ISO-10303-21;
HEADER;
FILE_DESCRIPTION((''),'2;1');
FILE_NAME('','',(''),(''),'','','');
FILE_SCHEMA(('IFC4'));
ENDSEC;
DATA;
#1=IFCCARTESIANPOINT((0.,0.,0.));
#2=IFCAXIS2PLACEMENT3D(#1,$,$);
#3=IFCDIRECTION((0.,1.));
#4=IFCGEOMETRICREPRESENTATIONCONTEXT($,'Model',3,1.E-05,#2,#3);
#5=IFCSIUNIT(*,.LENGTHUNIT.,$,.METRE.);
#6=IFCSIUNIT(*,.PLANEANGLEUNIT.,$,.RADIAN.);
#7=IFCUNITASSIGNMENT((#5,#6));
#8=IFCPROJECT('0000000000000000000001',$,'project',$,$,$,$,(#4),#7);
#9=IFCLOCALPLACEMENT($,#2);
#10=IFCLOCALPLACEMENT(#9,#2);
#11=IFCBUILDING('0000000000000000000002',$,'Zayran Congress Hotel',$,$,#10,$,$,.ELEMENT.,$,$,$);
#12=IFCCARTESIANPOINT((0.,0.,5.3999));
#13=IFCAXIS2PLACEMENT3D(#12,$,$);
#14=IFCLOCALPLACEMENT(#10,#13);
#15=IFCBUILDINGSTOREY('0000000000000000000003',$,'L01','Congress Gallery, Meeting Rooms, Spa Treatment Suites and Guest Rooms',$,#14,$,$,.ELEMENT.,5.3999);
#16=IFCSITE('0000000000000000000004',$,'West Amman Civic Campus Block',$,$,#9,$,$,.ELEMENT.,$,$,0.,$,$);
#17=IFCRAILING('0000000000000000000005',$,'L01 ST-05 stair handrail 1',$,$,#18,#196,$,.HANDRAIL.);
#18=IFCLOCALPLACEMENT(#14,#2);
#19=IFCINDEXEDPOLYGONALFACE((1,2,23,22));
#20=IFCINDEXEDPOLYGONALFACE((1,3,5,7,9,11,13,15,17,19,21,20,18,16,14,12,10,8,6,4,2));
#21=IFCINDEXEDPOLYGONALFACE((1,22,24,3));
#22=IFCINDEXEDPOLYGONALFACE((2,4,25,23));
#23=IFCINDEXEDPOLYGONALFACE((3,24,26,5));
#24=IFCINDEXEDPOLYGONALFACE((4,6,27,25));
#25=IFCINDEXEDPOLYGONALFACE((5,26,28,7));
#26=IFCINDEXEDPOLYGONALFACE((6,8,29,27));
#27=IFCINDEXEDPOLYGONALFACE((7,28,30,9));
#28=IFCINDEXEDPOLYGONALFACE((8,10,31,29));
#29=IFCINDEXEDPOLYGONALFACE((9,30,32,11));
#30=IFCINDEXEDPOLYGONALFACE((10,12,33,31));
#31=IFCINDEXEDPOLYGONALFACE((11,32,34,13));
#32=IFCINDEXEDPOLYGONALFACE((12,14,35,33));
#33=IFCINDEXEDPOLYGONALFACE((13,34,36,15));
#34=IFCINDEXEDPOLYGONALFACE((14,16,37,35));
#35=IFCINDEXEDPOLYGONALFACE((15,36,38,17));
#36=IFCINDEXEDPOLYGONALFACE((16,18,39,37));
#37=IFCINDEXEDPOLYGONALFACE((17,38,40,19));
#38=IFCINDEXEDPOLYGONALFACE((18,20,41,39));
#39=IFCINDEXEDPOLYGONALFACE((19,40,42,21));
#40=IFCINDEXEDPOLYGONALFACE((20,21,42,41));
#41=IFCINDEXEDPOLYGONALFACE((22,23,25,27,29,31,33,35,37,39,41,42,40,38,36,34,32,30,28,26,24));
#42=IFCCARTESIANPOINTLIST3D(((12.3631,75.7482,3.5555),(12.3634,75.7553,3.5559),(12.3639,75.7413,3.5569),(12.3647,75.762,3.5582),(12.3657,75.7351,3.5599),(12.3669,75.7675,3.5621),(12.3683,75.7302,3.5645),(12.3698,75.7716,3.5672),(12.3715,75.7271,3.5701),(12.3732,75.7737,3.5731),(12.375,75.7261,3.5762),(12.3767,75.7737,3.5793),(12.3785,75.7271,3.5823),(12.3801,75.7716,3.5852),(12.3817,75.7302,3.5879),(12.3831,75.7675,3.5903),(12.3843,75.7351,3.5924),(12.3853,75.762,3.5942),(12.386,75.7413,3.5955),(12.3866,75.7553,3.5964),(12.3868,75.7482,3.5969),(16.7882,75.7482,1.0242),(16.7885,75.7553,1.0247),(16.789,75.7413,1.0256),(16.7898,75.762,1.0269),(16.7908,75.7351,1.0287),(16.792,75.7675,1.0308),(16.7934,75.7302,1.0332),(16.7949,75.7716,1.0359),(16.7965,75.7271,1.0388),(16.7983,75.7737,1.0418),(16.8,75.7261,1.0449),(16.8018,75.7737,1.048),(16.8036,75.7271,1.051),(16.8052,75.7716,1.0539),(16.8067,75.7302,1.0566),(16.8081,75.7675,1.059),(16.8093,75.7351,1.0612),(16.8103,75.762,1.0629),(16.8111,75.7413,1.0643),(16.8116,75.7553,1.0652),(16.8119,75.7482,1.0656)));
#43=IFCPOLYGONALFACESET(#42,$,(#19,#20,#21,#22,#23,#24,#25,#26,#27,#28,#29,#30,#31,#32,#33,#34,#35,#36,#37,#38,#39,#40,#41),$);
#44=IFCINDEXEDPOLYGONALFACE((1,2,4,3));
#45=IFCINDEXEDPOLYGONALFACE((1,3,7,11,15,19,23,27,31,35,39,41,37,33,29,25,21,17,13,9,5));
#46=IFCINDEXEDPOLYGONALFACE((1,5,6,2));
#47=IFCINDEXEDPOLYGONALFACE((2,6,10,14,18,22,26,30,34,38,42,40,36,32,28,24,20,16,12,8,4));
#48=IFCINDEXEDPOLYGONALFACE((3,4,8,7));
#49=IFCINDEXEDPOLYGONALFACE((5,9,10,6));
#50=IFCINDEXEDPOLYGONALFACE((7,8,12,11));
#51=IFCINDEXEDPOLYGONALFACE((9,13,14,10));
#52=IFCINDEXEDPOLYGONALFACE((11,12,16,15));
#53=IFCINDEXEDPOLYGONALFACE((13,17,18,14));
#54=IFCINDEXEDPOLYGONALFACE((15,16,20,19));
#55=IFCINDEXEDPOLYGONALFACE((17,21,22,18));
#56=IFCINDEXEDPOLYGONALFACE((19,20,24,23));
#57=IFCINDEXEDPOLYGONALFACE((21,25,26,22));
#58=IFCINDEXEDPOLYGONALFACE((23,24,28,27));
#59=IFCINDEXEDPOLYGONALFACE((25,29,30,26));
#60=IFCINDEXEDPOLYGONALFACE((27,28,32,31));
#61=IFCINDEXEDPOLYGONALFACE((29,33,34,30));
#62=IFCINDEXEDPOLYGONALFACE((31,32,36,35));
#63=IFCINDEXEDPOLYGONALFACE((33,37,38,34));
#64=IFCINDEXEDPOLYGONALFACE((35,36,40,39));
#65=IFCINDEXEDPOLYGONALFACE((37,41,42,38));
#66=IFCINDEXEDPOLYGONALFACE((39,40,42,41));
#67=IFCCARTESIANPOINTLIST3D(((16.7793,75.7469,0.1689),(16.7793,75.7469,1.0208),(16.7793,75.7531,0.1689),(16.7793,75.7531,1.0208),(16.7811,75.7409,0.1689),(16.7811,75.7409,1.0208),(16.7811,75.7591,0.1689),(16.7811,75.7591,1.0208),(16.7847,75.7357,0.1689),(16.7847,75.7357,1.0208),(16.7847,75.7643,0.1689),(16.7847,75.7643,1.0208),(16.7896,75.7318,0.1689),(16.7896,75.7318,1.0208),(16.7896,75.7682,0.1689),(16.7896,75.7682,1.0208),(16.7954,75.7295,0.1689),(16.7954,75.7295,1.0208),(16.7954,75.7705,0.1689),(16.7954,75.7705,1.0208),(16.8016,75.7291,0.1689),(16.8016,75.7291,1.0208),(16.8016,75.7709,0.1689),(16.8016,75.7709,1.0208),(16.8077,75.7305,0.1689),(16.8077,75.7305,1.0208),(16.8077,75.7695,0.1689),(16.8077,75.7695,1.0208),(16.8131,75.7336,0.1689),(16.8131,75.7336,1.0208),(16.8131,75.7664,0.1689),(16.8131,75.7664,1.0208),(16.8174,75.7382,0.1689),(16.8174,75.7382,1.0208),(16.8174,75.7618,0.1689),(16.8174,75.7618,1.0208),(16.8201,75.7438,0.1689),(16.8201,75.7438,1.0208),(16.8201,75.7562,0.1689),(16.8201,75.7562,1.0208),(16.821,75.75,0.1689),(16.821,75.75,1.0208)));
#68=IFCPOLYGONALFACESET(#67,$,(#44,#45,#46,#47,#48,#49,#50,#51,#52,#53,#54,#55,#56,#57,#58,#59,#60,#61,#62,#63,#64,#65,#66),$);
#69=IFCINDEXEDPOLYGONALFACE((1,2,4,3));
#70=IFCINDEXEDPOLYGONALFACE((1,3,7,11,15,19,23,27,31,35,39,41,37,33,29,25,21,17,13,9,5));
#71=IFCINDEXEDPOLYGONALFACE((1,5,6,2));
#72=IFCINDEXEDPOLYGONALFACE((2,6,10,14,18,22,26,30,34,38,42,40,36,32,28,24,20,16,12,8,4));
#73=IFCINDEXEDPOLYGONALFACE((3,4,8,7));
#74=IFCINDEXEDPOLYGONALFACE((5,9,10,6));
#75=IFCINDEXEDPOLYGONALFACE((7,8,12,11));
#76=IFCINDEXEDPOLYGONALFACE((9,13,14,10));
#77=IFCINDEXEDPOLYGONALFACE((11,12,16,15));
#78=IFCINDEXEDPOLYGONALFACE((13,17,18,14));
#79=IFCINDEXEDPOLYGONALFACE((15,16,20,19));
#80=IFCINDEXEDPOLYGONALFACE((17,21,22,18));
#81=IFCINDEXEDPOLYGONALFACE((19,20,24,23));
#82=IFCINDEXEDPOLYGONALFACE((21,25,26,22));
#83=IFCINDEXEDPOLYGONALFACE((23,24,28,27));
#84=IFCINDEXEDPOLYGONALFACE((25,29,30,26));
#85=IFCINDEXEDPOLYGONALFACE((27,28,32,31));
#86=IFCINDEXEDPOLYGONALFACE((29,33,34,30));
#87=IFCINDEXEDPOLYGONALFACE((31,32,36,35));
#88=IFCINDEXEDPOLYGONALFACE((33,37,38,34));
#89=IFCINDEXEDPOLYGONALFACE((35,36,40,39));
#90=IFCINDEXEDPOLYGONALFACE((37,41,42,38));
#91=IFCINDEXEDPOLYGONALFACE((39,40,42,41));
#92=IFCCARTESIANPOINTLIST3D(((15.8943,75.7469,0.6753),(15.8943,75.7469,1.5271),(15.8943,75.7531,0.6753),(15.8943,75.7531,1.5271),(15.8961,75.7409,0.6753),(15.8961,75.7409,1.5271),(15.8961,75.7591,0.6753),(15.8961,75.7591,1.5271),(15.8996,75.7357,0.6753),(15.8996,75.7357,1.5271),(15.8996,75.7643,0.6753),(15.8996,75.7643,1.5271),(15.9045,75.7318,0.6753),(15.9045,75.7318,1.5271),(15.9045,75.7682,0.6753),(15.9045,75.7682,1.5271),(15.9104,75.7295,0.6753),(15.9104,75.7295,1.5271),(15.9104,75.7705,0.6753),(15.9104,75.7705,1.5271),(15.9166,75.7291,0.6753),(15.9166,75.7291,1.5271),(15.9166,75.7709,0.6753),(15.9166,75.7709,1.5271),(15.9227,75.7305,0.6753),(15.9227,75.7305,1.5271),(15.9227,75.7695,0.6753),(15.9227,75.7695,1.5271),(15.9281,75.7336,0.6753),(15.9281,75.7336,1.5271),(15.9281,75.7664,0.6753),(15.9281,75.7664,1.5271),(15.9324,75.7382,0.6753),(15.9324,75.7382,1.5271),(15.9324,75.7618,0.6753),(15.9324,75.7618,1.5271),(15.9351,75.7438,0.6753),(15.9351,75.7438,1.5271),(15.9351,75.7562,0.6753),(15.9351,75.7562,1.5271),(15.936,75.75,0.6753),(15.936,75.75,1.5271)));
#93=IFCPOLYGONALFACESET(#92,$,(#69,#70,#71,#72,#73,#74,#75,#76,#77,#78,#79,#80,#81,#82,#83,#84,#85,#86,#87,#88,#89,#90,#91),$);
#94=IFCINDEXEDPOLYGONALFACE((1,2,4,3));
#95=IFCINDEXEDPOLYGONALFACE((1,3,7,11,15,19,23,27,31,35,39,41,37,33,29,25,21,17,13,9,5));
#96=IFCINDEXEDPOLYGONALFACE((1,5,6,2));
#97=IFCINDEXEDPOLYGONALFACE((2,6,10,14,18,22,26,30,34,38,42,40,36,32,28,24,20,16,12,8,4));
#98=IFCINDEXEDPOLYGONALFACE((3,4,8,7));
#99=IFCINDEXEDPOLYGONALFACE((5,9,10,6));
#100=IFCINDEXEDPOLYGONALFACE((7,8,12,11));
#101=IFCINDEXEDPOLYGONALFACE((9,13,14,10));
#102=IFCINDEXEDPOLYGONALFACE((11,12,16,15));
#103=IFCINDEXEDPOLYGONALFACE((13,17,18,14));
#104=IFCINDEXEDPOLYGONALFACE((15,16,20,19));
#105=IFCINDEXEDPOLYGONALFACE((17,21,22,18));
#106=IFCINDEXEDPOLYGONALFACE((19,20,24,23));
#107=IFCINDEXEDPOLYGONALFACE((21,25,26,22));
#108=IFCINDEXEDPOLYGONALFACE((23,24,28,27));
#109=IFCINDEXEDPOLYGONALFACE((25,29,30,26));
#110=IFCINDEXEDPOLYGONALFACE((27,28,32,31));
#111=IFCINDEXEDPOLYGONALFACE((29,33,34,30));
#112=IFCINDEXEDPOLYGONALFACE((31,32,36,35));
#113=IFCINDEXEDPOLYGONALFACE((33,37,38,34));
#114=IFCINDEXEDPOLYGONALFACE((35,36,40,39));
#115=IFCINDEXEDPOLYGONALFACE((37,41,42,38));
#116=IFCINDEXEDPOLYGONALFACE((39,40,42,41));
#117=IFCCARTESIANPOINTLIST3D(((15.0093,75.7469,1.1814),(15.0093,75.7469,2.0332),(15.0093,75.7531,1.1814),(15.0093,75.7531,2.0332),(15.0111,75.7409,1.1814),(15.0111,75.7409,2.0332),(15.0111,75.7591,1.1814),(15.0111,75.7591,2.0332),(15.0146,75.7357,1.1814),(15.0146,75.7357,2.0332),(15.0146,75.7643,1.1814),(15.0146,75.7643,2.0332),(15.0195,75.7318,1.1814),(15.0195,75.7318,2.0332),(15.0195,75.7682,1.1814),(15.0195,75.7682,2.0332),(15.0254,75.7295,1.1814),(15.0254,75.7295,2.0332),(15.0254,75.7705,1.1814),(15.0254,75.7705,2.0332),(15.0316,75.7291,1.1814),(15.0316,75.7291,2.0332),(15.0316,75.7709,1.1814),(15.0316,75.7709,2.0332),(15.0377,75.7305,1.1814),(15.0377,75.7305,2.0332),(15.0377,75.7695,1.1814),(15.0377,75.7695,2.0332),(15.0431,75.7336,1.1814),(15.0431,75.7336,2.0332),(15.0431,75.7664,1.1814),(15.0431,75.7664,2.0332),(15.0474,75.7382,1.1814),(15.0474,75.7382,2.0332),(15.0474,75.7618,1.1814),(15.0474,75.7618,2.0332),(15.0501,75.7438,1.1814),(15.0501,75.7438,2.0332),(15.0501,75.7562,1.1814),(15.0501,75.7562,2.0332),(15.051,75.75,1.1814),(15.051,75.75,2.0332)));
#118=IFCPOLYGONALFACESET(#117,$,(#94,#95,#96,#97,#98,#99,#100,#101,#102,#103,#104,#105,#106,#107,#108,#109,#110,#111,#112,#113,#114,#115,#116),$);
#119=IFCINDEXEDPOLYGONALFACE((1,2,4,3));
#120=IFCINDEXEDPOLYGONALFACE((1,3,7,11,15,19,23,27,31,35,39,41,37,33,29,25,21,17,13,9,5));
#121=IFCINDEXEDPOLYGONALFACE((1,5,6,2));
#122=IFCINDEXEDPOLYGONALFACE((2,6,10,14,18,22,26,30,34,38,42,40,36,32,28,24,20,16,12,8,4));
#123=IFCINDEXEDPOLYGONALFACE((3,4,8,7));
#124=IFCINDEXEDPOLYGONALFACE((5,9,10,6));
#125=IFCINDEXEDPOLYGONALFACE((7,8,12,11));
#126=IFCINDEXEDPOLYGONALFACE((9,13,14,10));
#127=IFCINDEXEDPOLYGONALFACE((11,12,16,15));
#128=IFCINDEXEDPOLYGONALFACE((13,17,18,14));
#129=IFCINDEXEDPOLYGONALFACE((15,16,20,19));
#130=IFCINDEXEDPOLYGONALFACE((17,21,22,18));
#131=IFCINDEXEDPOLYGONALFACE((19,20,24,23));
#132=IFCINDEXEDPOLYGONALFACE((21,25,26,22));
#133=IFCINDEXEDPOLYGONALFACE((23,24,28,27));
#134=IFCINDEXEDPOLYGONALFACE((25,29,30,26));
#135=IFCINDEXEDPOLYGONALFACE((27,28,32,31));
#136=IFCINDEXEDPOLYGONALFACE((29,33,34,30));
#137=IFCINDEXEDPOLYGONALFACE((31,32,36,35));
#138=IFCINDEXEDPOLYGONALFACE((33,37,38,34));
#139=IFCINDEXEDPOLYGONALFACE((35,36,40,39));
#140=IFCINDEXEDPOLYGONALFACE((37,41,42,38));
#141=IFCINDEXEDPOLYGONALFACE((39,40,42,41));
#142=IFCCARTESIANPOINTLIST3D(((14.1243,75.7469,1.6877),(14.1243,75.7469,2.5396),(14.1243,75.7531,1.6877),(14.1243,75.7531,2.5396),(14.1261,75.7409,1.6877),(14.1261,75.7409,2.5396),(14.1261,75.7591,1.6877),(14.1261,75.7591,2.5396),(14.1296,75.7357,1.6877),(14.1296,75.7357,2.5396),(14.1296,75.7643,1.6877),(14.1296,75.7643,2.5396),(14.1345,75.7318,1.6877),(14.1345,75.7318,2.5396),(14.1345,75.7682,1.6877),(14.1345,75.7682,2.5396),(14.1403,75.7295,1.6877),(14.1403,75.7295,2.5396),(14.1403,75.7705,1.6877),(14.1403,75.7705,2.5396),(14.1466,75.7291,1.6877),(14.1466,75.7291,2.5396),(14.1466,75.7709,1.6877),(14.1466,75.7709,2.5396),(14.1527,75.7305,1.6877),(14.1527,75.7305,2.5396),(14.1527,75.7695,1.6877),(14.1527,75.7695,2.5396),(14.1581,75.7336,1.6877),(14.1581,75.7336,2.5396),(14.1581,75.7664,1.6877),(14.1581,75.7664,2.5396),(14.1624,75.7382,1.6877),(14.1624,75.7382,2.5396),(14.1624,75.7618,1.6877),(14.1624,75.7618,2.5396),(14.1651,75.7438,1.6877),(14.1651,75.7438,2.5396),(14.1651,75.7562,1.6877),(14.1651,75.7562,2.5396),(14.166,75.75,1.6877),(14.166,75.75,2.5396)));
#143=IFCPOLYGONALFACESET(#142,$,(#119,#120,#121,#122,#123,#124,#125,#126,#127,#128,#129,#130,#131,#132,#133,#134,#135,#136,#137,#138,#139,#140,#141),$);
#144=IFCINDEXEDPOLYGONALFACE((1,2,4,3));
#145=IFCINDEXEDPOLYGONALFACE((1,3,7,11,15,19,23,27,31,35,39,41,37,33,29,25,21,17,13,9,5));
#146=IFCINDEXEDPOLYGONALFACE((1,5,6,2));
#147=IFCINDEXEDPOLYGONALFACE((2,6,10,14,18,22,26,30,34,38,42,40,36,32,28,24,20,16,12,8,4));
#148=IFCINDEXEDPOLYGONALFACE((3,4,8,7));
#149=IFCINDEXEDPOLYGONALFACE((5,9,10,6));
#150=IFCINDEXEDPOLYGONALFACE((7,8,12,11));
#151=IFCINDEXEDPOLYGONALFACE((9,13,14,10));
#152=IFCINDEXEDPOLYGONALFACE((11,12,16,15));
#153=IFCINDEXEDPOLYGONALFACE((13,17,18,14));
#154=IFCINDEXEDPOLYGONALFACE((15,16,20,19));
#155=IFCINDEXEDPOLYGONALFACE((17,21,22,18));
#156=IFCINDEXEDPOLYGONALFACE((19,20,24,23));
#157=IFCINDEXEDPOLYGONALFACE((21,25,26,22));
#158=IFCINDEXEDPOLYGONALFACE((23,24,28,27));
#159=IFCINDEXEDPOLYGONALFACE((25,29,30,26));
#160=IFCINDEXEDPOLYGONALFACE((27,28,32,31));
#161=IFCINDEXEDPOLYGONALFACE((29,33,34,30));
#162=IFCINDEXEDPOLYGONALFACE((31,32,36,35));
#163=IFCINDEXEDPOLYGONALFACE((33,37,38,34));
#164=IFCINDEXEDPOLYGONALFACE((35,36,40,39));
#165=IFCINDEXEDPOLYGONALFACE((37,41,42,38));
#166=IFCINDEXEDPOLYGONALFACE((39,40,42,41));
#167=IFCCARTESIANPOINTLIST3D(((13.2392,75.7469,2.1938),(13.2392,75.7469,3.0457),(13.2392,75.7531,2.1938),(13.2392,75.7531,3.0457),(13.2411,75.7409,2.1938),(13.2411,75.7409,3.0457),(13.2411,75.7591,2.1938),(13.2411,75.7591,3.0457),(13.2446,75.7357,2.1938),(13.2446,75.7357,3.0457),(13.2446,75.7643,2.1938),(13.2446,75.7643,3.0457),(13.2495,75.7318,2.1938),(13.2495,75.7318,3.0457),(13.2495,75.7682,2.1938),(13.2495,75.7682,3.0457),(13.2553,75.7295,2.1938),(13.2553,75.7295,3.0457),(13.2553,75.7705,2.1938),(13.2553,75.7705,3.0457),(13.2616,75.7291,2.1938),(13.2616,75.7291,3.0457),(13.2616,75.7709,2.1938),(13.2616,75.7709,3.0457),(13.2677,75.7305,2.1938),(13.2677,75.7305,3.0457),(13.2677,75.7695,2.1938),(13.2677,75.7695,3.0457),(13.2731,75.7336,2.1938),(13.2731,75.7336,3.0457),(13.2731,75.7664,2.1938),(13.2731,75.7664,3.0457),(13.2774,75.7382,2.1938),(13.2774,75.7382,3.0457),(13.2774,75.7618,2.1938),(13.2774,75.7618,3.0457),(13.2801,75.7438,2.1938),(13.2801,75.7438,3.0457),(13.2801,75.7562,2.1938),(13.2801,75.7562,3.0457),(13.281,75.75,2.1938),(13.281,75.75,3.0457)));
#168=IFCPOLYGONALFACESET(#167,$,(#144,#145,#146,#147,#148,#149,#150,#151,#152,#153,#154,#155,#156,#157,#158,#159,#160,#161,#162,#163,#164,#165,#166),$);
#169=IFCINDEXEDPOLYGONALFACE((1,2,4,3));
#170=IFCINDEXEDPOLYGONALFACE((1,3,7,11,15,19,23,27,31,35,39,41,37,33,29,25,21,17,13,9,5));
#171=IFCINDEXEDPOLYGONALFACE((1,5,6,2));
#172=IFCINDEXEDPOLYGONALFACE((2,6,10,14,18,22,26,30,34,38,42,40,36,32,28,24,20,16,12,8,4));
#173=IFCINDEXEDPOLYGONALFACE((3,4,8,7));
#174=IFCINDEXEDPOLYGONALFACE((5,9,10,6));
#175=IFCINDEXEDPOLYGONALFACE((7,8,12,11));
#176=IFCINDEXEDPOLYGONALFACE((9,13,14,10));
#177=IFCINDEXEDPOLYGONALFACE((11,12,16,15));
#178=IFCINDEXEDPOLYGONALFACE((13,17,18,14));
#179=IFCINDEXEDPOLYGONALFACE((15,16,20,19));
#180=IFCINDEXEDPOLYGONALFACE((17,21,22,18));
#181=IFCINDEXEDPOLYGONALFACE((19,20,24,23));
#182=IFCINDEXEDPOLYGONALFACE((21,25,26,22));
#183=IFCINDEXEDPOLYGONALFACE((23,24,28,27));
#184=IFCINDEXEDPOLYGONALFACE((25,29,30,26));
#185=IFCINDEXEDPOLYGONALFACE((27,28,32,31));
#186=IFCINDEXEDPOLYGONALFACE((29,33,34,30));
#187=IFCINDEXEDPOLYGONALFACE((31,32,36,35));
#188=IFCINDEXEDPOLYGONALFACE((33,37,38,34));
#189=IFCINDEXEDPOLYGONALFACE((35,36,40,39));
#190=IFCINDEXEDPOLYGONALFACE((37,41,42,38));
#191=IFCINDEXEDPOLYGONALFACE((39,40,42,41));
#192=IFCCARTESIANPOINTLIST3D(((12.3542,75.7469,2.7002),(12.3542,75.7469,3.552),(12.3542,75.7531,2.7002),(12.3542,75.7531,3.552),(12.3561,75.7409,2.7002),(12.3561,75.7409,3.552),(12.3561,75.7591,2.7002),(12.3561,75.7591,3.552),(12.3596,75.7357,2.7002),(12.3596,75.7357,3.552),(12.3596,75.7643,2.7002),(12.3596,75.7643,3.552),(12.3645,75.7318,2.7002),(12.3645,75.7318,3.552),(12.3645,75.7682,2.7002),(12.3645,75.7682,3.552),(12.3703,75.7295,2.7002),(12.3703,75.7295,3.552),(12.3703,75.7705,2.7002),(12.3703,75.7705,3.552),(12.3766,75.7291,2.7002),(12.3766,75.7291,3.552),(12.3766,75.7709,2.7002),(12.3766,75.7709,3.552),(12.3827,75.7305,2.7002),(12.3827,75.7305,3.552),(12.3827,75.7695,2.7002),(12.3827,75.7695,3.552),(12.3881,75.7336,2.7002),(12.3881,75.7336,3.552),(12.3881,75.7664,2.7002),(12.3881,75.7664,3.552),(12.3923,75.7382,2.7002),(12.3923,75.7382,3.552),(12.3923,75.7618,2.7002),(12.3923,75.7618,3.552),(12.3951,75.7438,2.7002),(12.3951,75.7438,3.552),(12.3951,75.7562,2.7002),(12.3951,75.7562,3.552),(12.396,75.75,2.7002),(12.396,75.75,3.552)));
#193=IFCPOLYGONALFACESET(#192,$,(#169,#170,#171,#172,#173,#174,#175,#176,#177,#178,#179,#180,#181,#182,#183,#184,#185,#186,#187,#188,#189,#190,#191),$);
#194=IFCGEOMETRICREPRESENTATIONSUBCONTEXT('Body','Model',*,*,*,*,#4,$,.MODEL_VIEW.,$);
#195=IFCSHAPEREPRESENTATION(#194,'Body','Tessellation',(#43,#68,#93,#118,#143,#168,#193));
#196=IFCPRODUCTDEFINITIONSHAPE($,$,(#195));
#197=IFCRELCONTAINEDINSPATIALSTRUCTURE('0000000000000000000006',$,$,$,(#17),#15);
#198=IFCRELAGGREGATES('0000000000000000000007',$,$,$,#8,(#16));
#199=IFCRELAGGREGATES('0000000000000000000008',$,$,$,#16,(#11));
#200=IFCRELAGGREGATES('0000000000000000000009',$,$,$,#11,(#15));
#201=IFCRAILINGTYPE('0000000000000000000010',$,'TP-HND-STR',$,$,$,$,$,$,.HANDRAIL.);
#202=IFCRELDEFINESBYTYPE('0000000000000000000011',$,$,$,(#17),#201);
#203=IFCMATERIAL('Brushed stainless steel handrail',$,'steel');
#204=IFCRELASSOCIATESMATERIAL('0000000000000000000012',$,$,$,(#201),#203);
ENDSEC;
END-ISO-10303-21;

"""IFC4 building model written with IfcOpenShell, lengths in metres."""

from ifc_helpers import new_model, si_unit, direction, frame, origin, origin_2d, place, context, subcontext, project, spatial, circle, extrude, material, type_object, element, save


model = new_model("IFC4")

# Units and contexts
model_context = context("Model", 3, precision=1e-05, world=origin(), true_north=direction((0.0, 1.0)))
body_context = subcontext(model_context, "Body", "Model", "MODEL_VIEW")
ifc_project = project(units=[si_unit("LENGTHUNIT", "METRE"), si_unit("PLANEANGLEUNIT", "RADIAN")], contexts=[model_context])

# Site, building, storey
site_placement = place(None, origin())
site = spatial("IfcSite", under=ifc_project, at=site_placement, Name="West Amman Civic Campus Block", CompositionType="ELEMENT", RefElevation=0.0)
building_placement = place(site_placement, origin())
building = spatial("IfcBuilding", under=site, at=building_placement, Name="Zayran Congress Hotel", CompositionType="ELEMENT")
storey_placement = place(building_placement, frame((0.0, 0.0, 5.3999)))
storey = spatial("IfcBuildingStorey", under=building, at=storey_placement, Name="L01", Description="Congress Gallery, Meeting Rooms, Spa Treatment Suites and Guest Rooms", CompositionType="ELEMENT", Elevation=5.3999)

# Railing
ifc_material_1 = material(Name="Brushed stainless steel handrail", Category="steel")
railing_type_1 = type_object("IfcRailingType", Name="TP-HND-STR", PredefinedType="HANDRAIL", material=ifc_material_1)
railing_1_placement = place(storey_placement, frame((16.8, 75.75, 0.1689)))
element("IfcRailing", 1, at=railing_1_placement, inside=storey, type_object=railing_type_1, Name="L01 ST-05 stair handrail 1", PredefinedType="HANDRAIL", context=body_context, shape_type="SweptSolid", body=[
    extrude(circle(Radius=0.0239, at=origin_2d()), frame((0.0, 0.0, 0.876), z_axis=(-0.868019, 0.0, 0.496531), x_axis=(0.0, -1.0, 0.0)), (0.0, 0.0, 1.0), 5.0979),
    extrude(circle(Radius=0.021, at=origin_2d()), origin(), (0.0, 0.0, 1.0), 0.8518),
    extrude(circle(Radius=0.021, at=origin_2d()), frame((-0.885, 0.0, 0.5063)), (0.0, 0.0, 1.0), 0.8518),
    extrude(circle(Radius=0.021, at=origin_2d()), frame((-1.77, 0.0, 1.0125)), (0.0, 0.0, 1.0), 0.8518),
    extrude(circle(Radius=0.021, at=origin_2d()), frame((-2.655, 0.0, 1.5188)), (0.0, 0.0, 1.0), 0.8518),
    extrude(circle(Radius=0.021, at=origin_2d()), frame((-3.54, 0.0, 2.0249)), (0.0, 0.0, 1.0), 0.8518),
    extrude(circle(Radius=0.021, at=origin_2d()), frame((-4.425, 0.0, 2.5312)), (0.0, 0.0, 1.0), 0.8518),
])

save(model, "model.ifc")
